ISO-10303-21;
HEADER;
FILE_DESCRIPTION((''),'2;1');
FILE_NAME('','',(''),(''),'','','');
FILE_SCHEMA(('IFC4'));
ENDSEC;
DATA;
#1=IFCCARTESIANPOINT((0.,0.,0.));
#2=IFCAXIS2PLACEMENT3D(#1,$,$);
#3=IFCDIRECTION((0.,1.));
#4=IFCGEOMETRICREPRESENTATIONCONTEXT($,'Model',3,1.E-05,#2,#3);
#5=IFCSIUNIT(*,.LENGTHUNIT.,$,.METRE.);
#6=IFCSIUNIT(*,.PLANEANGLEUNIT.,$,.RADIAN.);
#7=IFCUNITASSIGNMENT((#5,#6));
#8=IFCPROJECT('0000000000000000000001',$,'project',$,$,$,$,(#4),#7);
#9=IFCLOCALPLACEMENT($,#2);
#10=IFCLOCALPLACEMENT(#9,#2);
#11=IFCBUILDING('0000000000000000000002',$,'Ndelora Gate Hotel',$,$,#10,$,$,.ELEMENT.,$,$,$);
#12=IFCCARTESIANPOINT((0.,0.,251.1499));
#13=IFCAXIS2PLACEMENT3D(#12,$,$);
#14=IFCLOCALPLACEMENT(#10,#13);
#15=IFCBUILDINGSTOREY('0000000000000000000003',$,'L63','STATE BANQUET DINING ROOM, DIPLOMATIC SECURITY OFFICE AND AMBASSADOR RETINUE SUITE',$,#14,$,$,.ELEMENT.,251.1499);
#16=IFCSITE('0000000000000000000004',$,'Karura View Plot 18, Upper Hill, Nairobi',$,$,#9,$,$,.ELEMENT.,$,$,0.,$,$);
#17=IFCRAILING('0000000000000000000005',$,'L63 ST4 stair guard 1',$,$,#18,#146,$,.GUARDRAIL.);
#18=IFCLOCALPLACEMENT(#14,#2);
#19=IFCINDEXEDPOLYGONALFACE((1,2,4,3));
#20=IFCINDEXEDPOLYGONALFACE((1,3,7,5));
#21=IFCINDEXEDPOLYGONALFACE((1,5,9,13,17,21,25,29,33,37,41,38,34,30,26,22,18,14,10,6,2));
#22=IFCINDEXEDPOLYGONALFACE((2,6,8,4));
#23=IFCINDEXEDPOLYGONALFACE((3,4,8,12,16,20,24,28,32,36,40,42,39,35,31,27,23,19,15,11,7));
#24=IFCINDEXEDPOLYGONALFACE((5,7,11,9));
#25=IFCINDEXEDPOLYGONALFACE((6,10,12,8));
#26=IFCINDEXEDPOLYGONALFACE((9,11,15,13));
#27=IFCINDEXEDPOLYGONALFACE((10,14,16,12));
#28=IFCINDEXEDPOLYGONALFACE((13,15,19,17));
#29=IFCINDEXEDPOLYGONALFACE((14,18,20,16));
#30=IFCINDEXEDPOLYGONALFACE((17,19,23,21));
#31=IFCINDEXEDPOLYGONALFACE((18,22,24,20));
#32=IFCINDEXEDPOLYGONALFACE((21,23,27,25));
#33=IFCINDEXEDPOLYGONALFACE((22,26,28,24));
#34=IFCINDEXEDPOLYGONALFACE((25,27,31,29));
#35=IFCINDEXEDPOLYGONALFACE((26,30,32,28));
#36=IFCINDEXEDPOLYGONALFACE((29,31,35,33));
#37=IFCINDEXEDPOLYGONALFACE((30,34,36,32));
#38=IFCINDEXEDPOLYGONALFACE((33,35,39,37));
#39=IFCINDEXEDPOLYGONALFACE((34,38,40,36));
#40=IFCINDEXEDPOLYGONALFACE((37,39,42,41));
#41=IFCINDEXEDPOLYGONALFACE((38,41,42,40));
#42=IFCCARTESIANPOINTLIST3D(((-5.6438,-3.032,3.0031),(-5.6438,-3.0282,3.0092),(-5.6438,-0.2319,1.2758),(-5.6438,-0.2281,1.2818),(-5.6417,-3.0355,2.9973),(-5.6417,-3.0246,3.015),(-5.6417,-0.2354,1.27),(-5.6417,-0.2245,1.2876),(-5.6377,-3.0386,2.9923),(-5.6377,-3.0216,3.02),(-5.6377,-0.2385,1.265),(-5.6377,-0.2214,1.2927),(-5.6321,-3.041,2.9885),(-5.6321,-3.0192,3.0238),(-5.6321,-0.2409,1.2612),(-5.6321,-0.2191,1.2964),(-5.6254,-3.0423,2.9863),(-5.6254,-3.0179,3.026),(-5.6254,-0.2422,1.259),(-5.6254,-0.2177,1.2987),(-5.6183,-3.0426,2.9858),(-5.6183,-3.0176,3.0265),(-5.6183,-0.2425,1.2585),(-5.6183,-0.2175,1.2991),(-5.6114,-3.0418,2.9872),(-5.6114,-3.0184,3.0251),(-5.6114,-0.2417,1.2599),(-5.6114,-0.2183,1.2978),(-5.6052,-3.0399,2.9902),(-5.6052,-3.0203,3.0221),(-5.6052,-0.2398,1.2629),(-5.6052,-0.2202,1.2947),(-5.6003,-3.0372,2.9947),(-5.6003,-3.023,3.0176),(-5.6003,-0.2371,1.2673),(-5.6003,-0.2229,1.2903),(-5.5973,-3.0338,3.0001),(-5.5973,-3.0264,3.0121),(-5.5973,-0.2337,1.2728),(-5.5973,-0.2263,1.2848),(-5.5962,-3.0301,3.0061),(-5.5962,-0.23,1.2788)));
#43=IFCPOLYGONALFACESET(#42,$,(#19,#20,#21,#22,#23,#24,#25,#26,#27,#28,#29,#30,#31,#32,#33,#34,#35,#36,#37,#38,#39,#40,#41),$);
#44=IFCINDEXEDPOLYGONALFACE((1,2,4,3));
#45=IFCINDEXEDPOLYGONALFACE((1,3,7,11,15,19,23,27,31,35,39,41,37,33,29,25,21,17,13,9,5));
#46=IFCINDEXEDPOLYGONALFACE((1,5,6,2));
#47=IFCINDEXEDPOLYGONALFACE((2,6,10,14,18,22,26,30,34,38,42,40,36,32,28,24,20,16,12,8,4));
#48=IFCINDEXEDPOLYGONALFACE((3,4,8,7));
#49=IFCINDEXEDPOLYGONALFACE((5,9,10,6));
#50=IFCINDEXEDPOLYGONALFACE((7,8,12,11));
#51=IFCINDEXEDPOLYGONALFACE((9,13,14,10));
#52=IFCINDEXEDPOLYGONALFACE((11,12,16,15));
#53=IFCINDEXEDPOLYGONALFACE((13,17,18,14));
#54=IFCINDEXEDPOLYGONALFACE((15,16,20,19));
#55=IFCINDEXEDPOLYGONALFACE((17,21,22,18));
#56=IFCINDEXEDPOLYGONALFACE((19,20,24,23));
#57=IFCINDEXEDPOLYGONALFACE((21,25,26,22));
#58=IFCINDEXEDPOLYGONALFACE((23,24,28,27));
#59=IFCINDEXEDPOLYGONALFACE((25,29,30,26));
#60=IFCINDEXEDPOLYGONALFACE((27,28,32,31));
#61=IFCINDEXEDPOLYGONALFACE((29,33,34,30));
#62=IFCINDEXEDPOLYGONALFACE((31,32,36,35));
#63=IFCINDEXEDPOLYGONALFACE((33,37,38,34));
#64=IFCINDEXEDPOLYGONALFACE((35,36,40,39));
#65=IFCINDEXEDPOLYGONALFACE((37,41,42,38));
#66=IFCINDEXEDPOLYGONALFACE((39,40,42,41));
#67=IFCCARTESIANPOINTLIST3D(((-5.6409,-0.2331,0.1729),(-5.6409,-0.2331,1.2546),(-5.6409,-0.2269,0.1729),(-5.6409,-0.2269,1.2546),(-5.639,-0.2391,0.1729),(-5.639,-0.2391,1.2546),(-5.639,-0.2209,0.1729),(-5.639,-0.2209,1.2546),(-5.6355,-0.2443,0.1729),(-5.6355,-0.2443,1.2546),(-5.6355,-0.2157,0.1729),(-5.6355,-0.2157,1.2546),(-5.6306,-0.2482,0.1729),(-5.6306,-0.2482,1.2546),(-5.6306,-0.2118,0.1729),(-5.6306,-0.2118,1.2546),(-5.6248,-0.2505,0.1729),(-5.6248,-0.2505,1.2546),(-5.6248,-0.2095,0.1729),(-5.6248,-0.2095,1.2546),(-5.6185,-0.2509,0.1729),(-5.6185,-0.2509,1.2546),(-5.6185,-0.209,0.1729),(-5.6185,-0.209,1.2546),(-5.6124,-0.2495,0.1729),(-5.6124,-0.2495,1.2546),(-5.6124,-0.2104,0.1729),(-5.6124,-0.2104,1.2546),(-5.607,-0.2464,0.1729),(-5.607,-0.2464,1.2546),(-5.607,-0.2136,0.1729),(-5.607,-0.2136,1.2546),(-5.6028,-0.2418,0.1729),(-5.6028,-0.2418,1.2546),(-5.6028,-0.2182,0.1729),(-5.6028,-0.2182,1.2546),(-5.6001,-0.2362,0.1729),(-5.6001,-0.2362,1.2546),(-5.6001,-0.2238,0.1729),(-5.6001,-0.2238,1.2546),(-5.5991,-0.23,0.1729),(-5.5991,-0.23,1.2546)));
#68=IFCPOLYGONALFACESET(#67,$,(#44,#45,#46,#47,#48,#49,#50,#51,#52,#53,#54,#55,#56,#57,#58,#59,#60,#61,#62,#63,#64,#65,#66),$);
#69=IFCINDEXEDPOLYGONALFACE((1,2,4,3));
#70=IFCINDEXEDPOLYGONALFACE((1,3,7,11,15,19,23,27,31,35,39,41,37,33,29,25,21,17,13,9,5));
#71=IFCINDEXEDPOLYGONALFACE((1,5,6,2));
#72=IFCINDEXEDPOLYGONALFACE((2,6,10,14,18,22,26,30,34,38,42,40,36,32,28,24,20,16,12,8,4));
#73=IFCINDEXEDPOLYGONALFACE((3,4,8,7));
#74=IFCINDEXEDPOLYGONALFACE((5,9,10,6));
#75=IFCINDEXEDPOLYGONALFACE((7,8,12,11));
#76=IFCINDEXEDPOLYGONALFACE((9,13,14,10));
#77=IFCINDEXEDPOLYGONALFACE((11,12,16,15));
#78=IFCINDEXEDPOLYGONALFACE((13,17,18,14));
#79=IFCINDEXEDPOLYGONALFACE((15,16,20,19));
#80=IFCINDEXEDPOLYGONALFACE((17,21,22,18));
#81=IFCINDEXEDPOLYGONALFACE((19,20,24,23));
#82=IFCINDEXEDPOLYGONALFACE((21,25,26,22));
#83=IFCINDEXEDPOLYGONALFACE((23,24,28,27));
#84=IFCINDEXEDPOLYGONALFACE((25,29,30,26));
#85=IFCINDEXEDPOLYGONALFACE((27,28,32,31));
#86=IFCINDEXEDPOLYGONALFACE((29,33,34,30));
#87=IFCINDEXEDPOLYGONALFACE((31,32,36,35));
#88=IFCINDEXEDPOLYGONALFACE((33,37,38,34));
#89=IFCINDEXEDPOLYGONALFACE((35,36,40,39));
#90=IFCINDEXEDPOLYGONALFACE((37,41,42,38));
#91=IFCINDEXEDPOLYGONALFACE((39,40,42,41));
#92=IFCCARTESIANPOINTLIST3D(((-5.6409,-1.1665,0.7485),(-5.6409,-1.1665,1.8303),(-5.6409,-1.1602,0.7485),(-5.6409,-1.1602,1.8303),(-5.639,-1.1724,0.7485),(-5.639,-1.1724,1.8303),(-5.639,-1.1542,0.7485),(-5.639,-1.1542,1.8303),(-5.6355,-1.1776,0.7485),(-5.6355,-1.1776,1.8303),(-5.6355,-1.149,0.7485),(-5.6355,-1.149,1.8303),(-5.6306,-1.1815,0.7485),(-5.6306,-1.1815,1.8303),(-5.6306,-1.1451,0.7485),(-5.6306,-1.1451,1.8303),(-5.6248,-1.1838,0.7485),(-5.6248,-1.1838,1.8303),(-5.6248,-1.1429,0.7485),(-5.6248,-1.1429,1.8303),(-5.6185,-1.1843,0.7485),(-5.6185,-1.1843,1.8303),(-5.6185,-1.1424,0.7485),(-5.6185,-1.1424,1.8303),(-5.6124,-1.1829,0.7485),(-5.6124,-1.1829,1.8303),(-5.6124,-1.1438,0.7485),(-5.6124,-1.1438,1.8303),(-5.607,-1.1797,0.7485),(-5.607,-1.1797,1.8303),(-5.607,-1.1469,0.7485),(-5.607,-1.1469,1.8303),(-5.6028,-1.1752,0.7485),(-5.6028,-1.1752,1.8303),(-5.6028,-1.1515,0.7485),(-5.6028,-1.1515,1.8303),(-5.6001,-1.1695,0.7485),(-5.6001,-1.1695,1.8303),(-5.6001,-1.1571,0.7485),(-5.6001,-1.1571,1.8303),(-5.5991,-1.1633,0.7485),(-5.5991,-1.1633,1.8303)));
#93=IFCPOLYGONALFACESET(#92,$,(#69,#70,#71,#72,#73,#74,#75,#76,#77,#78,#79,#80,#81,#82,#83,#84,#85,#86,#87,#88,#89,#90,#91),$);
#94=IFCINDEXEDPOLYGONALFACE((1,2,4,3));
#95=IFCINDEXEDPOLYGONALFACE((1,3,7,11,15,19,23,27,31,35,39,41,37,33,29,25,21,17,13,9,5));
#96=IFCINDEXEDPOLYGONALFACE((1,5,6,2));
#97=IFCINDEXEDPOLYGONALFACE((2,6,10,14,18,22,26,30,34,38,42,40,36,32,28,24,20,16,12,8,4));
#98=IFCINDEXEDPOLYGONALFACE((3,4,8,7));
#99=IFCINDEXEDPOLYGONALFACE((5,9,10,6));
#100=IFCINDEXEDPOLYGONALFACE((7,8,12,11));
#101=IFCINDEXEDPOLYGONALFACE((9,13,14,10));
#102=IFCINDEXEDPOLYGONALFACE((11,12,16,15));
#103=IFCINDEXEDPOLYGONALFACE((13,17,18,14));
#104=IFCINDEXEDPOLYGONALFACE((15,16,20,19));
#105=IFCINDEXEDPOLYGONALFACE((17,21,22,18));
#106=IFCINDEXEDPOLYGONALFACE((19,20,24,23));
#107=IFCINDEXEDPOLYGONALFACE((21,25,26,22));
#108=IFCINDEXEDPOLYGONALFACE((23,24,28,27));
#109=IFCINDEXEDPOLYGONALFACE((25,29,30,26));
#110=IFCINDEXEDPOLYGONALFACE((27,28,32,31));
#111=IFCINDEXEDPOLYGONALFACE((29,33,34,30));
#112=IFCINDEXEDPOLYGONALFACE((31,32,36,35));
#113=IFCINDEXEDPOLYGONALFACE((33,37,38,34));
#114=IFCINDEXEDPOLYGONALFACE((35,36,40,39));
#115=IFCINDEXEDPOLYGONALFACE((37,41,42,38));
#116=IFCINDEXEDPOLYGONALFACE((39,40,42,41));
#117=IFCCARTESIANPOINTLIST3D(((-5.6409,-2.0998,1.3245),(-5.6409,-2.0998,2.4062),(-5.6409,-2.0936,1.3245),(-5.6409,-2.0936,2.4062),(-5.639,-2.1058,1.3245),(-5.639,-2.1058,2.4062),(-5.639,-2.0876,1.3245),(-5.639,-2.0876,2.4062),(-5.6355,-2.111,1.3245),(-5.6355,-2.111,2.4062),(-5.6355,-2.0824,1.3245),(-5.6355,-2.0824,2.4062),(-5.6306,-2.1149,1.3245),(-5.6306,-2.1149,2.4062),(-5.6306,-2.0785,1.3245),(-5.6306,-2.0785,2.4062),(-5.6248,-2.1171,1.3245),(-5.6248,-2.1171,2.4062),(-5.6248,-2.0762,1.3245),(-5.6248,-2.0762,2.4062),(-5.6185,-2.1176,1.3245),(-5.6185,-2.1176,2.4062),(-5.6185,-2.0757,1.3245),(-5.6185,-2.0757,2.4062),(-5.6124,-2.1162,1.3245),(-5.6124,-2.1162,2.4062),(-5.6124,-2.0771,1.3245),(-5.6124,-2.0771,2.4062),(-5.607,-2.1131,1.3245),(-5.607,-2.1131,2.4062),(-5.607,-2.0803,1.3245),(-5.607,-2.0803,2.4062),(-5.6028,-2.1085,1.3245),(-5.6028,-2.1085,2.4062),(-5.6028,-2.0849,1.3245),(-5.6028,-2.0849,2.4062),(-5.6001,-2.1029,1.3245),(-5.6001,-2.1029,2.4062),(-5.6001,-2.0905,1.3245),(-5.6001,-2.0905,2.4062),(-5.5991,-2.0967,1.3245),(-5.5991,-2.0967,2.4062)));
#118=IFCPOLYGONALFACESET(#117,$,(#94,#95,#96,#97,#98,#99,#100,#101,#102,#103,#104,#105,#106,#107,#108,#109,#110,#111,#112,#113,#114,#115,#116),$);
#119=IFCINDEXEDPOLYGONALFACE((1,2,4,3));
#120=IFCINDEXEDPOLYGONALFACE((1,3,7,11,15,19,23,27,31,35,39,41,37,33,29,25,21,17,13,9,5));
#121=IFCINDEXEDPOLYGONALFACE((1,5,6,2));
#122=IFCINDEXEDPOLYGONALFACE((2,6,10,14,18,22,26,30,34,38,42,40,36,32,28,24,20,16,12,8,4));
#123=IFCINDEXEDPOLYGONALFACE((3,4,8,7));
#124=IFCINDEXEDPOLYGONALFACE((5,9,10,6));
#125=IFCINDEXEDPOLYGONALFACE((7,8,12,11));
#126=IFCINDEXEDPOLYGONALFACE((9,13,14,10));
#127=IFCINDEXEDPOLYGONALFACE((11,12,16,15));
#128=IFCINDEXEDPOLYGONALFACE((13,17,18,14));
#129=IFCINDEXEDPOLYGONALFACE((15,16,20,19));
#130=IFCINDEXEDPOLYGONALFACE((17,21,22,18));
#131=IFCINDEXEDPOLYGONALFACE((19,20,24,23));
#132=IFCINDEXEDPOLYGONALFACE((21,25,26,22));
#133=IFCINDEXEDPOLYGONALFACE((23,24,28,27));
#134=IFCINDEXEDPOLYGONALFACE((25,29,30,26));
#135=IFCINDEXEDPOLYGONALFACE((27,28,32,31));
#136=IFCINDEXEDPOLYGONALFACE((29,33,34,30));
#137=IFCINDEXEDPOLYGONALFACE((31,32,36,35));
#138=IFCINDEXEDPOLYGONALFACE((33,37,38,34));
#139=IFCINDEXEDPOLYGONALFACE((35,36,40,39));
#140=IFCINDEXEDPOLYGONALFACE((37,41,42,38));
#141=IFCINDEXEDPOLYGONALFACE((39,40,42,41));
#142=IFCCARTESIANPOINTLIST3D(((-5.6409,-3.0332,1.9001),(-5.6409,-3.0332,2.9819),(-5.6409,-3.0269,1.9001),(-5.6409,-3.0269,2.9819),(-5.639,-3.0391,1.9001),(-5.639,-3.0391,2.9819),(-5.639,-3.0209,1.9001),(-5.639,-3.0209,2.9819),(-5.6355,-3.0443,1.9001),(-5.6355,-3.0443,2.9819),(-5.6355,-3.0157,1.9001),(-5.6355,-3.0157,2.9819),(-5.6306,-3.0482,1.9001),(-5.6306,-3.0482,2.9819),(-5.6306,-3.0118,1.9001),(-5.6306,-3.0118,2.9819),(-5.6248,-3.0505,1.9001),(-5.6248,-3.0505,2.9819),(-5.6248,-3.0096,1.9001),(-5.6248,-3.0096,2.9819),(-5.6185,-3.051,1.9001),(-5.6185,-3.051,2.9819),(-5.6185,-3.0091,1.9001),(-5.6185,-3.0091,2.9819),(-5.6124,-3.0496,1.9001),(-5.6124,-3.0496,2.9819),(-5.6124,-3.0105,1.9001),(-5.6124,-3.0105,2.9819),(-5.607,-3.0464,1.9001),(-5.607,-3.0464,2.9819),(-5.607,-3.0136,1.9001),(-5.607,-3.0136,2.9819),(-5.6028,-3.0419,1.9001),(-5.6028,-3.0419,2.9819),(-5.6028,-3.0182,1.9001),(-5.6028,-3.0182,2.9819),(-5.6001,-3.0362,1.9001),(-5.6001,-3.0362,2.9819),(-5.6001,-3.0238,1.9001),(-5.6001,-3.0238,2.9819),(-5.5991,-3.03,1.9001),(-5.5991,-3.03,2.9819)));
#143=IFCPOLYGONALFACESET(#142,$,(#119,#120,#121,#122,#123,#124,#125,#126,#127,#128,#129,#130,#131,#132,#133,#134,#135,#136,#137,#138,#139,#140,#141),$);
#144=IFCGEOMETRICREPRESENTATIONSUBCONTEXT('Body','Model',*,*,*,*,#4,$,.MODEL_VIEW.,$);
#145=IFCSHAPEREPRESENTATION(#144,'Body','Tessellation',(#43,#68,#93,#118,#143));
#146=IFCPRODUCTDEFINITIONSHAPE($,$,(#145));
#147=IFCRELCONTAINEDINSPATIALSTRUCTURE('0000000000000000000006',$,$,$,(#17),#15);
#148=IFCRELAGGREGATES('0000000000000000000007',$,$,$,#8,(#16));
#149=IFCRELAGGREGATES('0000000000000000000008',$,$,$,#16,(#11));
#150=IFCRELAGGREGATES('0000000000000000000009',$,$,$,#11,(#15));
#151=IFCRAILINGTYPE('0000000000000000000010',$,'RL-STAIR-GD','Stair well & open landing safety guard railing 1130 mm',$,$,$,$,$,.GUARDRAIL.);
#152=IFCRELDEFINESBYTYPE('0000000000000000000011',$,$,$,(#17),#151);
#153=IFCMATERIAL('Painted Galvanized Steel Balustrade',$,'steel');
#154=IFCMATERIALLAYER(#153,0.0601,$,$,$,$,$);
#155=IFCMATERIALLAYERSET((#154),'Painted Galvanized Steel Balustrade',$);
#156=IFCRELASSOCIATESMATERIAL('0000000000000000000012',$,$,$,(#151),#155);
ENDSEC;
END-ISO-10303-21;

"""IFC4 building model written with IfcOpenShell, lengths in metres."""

from ifc_helpers import new_model, si_unit, direction, frame, origin, origin_2d, place, context, subcontext, project, spatial, circle, extrude, material, layer, layer_set, type_object, element, save


model = new_model("IFC4")

# Units and contexts
model_context = context("Model", 3, precision=1e-05, world=origin(), true_north=direction((0.0, 1.0)))
body_context = subcontext(model_context, "Body", "Model", "MODEL_VIEW")
ifc_project = project(units=[si_unit("LENGTHUNIT", "METRE"), si_unit("PLANEANGLEUNIT", "RADIAN")], contexts=[model_context])

# Site, building, storey
site_placement = place(None, origin())
site = spatial("IfcSite", under=ifc_project, at=site_placement, Name="Karura View Plot 18, Upper Hill, Nairobi", CompositionType="ELEMENT", RefElevation=0.0)
building_placement = place(site_placement, origin())
building = spatial("IfcBuilding", under=site, at=building_placement, Name="Ndelora Gate Hotel", CompositionType="ELEMENT")
storey_placement = place(building_placement, frame((0.0, 0.0, 251.1499)))
storey = spatial("IfcBuildingStorey", under=building, at=storey_placement, Name="L63", Description="STATE BANQUET DINING ROOM, DIPLOMATIC SECURITY OFFICE AND AMBASSADOR RETINUE SUITE", CompositionType="ELEMENT", Elevation=251.1499)

# Railing
ifc_material_1 = material(Name="Painted Galvanized Steel Balustrade", Category="steel")
ifc_layer_1 = layer(ifc_material_1, 0.0601)
ifc_layer_set_1 = layer_set([ifc_layer_1], Name="Painted Galvanized Steel Balustrade")
railing_type_1 = type_object("IfcRailingType", Name="RL-STAIR-GD", Description="Stair well & open landing safety guard railing 1130 mm", PredefinedType="GUARDRAIL", material=ifc_layer_set_1)
railing_1_placement = place(storey_placement, frame((-5.6201, -0.23, 0.1729)))
element("IfcRailing", 1, at=railing_1_placement, inside=storey, type_object=railing_type_1, Name="L63 ST4 stair guard 1", PredefinedType="GUARDRAIL", context=body_context, shape_type="SweptSolid", body=[
    extrude(circle(Radius=0.0239, at=origin_2d()), frame((0.0, 0.0, 1.106), z_axis=(0.0, -0.85109, 0.52502), x_axis=(1.0, 0.0, 0.0)), (0.0, 0.0, 1.0), 3.29),
    extrude(circle(Radius=0.021, at=origin_2d()), origin(), (0.0, 0.0, 1.0), 1.0818),
    extrude(circle(Radius=0.021, at=origin_2d()), frame((0.0, -0.9333, 0.5757)), (0.0, 0.0, 1.0), 1.0818),
    extrude(circle(Radius=0.021, at=origin_2d()), frame((0.0, -1.8667, 1.1516)), (0.0, 0.0, 1.0), 1.0818),
    extrude(circle(Radius=0.021, at=origin_2d()), frame((0.0, -2.8, 1.7273)), (0.0, 0.0, 1.0), 1.0818),
])

save(model, "model.ifc")
